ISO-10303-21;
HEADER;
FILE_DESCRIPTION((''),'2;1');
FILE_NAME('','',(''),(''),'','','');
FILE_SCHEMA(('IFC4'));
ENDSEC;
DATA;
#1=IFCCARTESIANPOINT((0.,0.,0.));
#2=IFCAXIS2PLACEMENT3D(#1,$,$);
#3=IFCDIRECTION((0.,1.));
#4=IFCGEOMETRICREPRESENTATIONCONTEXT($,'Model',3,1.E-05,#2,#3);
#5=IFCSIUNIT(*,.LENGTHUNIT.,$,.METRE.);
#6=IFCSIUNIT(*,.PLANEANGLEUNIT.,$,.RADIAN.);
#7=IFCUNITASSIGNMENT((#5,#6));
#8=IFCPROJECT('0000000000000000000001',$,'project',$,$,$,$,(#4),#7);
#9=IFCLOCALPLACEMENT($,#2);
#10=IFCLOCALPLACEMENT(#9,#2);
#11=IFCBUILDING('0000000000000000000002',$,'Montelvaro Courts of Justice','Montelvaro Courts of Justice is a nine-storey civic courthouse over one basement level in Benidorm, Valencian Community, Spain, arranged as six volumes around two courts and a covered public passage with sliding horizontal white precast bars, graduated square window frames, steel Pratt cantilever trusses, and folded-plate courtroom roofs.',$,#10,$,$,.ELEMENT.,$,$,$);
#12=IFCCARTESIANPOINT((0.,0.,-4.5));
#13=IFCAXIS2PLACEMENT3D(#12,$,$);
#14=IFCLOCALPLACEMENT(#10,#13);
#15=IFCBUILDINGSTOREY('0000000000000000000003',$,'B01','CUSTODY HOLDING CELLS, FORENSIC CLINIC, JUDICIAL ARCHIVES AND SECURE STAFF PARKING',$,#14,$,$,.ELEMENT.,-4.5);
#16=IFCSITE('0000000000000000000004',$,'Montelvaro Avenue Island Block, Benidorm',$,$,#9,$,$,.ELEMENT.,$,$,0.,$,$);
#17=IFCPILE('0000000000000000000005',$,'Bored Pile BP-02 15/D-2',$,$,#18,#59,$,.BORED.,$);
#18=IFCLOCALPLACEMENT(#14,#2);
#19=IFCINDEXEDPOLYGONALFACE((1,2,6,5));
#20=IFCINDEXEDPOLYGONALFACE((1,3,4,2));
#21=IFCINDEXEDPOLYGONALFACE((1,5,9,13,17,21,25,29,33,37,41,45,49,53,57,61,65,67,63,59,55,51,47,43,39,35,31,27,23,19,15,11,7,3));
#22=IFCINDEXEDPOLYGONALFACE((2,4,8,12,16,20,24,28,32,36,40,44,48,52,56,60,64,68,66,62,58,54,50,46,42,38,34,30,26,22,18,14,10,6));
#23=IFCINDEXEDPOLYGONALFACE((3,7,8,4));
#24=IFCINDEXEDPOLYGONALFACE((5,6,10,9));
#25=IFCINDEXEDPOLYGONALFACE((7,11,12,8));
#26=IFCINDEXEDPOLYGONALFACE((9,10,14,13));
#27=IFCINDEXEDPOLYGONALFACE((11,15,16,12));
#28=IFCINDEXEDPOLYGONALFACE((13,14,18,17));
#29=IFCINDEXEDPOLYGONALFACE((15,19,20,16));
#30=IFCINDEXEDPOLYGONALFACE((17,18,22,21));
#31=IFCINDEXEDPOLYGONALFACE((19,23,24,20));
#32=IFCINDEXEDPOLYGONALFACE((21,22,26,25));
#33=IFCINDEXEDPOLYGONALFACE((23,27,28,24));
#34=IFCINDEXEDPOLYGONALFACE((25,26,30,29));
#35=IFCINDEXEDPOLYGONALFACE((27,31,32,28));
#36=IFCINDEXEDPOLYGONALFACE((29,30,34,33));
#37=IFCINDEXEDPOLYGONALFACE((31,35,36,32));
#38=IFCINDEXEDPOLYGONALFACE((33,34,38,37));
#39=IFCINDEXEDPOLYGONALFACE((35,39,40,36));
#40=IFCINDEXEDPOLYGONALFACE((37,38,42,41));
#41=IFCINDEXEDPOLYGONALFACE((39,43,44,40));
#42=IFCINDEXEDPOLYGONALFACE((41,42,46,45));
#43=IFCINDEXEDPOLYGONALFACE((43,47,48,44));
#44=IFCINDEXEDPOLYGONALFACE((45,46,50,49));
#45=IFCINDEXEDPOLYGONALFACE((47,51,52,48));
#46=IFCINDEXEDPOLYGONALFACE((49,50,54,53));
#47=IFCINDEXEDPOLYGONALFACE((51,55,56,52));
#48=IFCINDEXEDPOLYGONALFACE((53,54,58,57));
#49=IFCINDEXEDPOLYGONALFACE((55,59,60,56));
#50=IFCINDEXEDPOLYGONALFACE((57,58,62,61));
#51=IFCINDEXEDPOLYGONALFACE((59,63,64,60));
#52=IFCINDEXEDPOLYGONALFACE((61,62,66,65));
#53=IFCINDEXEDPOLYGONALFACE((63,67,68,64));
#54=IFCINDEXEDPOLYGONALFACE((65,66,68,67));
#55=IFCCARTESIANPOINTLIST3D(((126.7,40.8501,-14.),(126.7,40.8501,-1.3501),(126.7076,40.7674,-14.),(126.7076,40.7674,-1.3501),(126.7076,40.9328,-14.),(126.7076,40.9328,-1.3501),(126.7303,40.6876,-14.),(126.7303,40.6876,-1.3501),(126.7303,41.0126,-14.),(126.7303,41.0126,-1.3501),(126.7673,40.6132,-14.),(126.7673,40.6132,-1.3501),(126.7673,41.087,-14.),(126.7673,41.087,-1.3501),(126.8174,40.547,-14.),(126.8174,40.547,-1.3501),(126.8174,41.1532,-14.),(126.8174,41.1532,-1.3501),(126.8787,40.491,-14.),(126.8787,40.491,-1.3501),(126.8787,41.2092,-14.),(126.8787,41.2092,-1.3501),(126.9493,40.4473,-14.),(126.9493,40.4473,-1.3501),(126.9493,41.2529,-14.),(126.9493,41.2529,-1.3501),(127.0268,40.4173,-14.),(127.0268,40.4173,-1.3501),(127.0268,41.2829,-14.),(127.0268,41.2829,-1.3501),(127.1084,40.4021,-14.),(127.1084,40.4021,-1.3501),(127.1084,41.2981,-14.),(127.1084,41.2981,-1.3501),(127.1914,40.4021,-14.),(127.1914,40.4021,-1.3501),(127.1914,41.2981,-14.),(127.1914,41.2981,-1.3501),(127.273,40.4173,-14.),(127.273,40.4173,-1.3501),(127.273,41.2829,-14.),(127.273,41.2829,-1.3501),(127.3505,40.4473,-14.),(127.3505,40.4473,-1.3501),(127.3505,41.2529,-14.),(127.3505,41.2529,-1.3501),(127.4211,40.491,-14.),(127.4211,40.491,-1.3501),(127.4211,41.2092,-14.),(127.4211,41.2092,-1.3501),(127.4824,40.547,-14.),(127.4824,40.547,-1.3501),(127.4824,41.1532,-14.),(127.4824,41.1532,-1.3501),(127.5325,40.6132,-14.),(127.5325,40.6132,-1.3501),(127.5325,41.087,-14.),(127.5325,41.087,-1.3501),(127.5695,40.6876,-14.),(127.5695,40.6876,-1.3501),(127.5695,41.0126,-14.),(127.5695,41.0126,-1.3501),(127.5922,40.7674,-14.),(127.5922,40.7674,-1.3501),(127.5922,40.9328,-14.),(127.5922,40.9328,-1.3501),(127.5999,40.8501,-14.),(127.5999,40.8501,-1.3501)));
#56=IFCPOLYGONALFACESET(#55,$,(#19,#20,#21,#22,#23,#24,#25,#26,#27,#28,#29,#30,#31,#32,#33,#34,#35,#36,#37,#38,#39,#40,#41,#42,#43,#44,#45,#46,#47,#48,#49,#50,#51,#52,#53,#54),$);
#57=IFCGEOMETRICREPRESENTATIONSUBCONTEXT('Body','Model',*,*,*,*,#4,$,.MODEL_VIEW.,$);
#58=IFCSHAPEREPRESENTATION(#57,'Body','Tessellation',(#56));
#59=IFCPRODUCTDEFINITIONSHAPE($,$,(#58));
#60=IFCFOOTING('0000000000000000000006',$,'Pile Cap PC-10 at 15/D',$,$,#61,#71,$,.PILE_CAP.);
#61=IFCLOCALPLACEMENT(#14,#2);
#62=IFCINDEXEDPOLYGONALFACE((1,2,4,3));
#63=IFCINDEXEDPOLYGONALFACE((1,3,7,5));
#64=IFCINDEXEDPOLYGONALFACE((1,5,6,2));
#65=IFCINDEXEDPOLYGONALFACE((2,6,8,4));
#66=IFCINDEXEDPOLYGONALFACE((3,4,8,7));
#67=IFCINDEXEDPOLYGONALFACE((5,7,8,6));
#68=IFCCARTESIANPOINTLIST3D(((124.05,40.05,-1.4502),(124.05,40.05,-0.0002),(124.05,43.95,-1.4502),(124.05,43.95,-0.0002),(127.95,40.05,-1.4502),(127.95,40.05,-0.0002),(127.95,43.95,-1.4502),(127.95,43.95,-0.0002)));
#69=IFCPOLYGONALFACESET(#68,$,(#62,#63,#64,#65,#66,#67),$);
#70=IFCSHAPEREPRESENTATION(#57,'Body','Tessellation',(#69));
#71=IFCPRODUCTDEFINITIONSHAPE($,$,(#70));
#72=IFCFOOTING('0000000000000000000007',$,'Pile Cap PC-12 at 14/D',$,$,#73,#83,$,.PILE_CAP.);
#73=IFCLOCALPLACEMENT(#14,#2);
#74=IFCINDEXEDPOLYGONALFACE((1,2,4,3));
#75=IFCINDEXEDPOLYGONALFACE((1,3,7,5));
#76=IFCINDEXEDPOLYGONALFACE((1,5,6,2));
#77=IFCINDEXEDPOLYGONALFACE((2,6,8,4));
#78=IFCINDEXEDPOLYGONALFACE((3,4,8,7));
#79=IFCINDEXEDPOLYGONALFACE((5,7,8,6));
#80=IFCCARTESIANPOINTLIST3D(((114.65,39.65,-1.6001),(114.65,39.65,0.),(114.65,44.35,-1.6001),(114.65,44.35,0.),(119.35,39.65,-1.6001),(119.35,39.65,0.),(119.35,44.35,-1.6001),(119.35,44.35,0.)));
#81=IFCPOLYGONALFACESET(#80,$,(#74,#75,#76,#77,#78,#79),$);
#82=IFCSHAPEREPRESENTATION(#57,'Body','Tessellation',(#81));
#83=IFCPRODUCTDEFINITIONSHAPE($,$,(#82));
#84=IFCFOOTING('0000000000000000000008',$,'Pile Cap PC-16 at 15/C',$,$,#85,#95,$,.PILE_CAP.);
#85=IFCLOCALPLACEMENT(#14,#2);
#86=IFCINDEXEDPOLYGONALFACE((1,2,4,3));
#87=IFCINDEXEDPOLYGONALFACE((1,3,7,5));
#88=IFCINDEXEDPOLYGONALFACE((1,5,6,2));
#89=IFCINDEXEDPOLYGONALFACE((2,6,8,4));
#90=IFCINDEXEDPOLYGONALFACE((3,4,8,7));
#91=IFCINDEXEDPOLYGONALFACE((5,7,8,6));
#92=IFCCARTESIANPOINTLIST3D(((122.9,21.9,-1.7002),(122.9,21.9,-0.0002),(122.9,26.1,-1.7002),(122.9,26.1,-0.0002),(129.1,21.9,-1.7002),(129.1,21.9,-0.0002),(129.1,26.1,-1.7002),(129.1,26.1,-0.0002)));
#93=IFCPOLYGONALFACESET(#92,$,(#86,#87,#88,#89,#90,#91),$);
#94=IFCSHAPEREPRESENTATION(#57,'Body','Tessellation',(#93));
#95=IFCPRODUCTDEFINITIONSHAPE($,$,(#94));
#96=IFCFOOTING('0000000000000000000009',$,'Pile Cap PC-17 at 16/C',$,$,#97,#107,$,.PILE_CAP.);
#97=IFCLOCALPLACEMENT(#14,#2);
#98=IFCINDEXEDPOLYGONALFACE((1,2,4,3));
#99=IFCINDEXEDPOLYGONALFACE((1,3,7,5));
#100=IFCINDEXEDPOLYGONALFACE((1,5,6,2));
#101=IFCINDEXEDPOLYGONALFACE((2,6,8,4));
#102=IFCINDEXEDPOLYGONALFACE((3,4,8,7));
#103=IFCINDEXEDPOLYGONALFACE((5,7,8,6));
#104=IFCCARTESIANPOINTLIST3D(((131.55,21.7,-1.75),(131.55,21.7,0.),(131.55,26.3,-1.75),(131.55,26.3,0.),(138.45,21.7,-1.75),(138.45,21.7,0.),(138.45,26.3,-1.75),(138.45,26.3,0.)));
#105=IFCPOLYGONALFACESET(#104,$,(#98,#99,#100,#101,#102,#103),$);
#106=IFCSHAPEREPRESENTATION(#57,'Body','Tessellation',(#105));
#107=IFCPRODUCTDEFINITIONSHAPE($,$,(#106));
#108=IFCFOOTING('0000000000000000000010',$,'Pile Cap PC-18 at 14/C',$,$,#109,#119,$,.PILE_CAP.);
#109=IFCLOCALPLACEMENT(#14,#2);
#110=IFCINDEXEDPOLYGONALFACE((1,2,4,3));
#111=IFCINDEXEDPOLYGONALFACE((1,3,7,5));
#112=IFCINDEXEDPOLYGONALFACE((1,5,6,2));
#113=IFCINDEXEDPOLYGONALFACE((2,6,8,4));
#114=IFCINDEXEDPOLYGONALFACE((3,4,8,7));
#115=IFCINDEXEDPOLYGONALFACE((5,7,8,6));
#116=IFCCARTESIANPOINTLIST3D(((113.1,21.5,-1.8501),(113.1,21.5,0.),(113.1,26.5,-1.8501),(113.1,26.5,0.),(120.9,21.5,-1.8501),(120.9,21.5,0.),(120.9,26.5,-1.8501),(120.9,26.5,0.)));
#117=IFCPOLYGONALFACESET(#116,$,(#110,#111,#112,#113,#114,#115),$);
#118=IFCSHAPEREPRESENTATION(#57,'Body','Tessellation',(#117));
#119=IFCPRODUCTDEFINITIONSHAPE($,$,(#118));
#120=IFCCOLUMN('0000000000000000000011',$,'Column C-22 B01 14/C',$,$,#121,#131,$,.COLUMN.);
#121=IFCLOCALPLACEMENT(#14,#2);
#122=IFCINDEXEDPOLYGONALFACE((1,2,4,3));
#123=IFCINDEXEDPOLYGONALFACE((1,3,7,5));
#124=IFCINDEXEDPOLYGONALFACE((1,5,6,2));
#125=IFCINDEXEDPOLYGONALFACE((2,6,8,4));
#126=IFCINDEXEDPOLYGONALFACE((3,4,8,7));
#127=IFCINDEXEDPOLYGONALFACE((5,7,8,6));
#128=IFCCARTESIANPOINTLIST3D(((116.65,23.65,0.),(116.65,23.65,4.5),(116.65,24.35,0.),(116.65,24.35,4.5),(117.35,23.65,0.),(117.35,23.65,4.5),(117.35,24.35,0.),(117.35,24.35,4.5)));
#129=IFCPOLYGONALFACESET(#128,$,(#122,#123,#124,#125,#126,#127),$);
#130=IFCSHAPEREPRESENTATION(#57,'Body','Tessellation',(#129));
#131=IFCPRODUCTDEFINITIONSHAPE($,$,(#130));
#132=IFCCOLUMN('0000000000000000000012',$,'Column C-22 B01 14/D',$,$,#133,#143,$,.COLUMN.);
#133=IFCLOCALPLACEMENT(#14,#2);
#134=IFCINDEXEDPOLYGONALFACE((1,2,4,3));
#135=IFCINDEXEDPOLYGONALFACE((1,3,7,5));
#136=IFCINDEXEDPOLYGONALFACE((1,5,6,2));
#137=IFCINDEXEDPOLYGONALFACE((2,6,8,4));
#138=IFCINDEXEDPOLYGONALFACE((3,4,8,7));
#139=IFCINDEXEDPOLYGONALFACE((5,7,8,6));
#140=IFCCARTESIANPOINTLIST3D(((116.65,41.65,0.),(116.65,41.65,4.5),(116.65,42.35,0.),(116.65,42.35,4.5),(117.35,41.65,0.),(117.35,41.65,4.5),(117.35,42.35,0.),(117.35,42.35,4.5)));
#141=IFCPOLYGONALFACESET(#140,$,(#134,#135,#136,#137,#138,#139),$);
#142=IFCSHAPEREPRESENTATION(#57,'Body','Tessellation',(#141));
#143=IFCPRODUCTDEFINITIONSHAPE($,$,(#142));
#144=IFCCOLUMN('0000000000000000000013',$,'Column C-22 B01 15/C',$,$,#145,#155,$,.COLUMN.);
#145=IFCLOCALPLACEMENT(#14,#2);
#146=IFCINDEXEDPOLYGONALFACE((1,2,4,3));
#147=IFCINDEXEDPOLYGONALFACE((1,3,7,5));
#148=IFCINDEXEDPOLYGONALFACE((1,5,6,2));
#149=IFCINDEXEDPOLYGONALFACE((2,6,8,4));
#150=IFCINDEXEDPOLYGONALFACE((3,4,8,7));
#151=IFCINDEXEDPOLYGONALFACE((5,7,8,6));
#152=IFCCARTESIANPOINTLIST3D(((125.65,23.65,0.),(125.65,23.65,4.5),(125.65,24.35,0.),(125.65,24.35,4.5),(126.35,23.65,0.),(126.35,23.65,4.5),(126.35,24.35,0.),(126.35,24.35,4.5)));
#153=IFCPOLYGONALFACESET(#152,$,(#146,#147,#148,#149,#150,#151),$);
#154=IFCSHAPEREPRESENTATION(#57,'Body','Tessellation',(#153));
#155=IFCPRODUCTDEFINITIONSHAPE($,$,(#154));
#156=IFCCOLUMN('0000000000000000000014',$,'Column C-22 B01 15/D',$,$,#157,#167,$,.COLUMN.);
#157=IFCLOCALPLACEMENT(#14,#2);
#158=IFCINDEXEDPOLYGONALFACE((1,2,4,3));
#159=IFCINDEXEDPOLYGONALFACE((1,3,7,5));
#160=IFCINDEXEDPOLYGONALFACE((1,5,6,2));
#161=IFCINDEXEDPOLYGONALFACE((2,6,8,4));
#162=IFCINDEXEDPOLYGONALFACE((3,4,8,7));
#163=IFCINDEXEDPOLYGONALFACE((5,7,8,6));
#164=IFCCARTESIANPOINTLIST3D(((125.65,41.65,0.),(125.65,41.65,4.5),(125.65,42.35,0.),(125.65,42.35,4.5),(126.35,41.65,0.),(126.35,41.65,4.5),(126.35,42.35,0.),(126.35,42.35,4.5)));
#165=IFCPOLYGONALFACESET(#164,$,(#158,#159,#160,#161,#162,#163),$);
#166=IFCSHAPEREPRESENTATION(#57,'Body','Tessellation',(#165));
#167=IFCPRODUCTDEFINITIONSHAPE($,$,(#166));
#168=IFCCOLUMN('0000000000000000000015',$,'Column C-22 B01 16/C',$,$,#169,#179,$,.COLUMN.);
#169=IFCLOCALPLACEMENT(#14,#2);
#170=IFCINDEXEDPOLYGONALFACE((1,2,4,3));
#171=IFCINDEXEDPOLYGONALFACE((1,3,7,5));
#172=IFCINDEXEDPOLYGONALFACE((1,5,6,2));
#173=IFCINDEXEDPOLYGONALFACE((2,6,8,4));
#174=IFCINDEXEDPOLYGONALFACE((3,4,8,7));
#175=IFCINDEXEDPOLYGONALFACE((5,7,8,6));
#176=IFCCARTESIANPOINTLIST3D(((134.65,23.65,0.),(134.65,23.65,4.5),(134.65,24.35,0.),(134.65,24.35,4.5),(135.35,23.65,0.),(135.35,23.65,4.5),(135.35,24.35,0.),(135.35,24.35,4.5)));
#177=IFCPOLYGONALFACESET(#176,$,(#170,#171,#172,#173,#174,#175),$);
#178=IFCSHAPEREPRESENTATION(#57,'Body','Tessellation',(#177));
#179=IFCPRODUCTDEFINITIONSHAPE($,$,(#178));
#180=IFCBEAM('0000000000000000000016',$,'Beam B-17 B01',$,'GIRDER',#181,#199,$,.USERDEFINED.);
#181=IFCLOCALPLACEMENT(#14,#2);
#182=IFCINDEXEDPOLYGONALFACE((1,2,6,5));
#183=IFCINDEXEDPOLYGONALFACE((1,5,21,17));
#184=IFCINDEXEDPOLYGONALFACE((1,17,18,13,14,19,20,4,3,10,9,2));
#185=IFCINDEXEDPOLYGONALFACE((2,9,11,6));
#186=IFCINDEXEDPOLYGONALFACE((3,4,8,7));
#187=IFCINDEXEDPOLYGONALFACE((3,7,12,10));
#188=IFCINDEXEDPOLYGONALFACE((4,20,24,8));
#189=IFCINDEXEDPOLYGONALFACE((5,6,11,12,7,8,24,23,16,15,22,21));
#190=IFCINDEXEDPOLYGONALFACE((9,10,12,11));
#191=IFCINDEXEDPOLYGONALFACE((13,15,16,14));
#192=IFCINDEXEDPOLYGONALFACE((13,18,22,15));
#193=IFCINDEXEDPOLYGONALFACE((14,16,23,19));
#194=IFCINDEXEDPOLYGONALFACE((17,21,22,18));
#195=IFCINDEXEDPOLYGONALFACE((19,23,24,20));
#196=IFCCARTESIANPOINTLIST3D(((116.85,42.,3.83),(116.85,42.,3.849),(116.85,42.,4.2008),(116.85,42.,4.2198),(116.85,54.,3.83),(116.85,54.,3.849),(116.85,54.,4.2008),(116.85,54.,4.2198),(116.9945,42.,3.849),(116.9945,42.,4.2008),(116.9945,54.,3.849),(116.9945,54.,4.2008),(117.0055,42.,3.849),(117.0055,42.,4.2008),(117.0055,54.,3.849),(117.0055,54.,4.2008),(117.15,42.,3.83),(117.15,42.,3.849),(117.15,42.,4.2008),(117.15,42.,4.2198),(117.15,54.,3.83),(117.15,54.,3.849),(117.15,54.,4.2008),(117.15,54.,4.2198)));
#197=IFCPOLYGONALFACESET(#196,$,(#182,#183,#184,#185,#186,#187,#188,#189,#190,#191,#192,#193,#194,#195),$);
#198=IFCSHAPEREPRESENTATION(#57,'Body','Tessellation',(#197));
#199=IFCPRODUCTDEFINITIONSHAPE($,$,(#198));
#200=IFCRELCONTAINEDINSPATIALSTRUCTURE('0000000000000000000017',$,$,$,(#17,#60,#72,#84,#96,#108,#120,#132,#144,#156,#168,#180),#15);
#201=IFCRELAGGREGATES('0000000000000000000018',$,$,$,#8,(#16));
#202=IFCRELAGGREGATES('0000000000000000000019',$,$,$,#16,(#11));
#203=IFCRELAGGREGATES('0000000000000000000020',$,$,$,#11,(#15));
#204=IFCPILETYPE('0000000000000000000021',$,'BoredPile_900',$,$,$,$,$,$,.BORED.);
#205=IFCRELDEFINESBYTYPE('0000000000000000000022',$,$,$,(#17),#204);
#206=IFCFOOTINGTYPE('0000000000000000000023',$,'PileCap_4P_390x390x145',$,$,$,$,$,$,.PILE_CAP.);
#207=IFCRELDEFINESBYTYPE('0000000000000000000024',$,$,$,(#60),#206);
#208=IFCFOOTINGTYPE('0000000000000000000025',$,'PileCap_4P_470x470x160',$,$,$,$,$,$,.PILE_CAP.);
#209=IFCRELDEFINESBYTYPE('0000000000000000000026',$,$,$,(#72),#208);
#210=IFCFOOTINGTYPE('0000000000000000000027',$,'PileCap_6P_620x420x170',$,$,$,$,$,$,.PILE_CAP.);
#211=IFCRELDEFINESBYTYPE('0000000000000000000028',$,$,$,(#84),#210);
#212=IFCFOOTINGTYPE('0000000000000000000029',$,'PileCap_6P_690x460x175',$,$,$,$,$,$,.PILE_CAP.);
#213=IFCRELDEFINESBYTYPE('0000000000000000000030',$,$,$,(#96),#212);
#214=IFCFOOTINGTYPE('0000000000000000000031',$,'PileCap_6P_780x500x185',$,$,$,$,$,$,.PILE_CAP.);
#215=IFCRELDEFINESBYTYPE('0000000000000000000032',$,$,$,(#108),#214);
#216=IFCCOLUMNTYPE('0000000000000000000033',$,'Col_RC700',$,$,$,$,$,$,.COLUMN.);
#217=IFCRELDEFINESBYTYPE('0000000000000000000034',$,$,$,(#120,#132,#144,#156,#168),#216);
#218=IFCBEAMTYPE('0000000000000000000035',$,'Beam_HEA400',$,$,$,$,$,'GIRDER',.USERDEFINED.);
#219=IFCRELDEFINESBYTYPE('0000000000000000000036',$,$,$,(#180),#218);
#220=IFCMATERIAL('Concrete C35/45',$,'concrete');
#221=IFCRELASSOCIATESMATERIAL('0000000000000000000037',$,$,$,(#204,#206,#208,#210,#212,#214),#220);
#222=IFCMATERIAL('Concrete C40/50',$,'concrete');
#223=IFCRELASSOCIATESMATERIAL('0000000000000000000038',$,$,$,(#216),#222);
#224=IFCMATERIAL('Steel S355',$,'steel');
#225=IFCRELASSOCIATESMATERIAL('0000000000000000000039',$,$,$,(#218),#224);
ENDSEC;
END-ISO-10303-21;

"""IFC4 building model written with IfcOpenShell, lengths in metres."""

from ifc_helpers import new_model, si_unit, direction, frame, origin, origin_2d, place, context, subcontext, project, spatial, rectangle, circle, i_section, extrude, material, material_profile, profile_set, type_object, element, save


model = new_model("IFC4")

# Units and contexts
model_context = context("Model", 3, precision=1e-05, world=origin(), true_north=direction((0.0, 1.0)))
body_context = subcontext(model_context, "Body", "Model", "MODEL_VIEW")
ifc_project = project(units=[si_unit("LENGTHUNIT", "METRE"), si_unit("PLANEANGLEUNIT", "RADIAN")], contexts=[model_context])

# Site, building, storey
site_placement = place(None, origin())
site = spatial("IfcSite", under=ifc_project, at=site_placement, Name="Montelvaro Avenue Island Block, Benidorm", CompositionType="ELEMENT", RefElevation=0.0)
building_placement = place(site_placement, origin())
building = spatial("IfcBuilding", under=site, at=building_placement, Name="Montelvaro Courts of Justice", Description="Montelvaro Courts of Justice is a nine-storey civic courthouse over one basement level in Benidorm, Valencian Community, Spain, arranged as six volumes around two courts and a covered public passage with sliding horizontal white precast bars, graduated square window frames, steel Pratt cantilever trusses, and folded-plate courtroom roofs.", CompositionType="ELEMENT")
storey_placement = place(building_placement, frame((0.0, 0.0, -4.5)))
storey = spatial("IfcBuildingStorey", under=building, at=storey_placement, Name="B01", Description="CUSTODY HOLDING CELLS, FORENSIC CLINIC, JUDICIAL ARCHIVES AND SECURE STAFF PARKING", CompositionType="ELEMENT", Elevation=-4.5)

# Pile
ifc_material_1 = material(Name="Concrete C35/45", Category="concrete")
ifc_material_profile_1 = material_profile(ifc_material_1, circle(Radius=0.45, at=origin_2d()), Name="BORED PILE D900")
ifc_profile_set_1 = profile_set([ifc_material_profile_1], Name="Concrete C35/45")
pile_type_1 = type_object("IfcPileType", Name="BoredPile_900", PredefinedType="BORED", material=ifc_profile_set_1)
for number, where, z_axis, x_axis, name in (
    (1, (127.1499, 40.8501, -1.3501), (0.0, 0.0, -1.0), (1.0, 0.0, 0.0), "Bored Pile BP-02 15/D-2"),
):
    element("IfcPile", number, at=place(storey_placement, frame(where, z_axis=z_axis, x_axis=x_axis)), inside=storey, type_object=pile_type_1, Name=name, PredefinedType="BORED", context=body_context, shape_type="SweptSolid", body=[
        extrude(circle(Radius=0.45, at=origin_2d()), origin(), (0.0, 0.0, 1.0), 12.6499),
    ])

# Footings
footing_type_1 = type_object("IfcFootingType", Name="PileCap_4P_390x390x145", PredefinedType="PILE_CAP", material=ifc_material_1)
footing_1_placement = place(storey_placement, frame((126.0, 42.0, -1.4502), z_axis=(0.0, 0.0, 1.0), x_axis=(1.0, 0.0, 0.0)))
element("IfcFooting", 2, at=footing_1_placement, inside=storey, type_object=footing_type_1, Name="Pile Cap PC-10 at 15/D", PredefinedType="PILE_CAP", context=body_context, shape_type="SweptSolid", body=[
    extrude(rectangle(XDim=3.8999, YDim=3.8999, at=origin_2d()), origin(), (0.0, 0.0, 1.0), 1.45),
])
footing_type_2 = type_object("IfcFootingType", Name="PileCap_4P_470x470x160", PredefinedType="PILE_CAP", material=ifc_material_1)
footing_2_placement = place(storey_placement, frame((117.0, 42.0, -1.6001), z_axis=(0.0, 0.0, 1.0), x_axis=(1.0, 0.0, 0.0)))
element("IfcFooting", 3, at=footing_2_placement, inside=storey, type_object=footing_type_2, Name="Pile Cap PC-12 at 14/D", PredefinedType="PILE_CAP", context=body_context, shape_type="SweptSolid", body=[
    extrude(rectangle(XDim=4.7, YDim=4.7, at=origin_2d()), origin(), (0.0, 0.0, 1.0), 1.6001),
])
footing_type_3 = type_object("IfcFootingType", Name="PileCap_6P_620x420x170", PredefinedType="PILE_CAP", material=ifc_material_1)
footing_3_placement = place(storey_placement, frame((126.0, 24.0, -1.7002), z_axis=(0.0, 0.0, 1.0), x_axis=(1.0, 0.0, 0.0)))
element("IfcFooting", 4, at=footing_3_placement, inside=storey, type_object=footing_type_3, Name="Pile Cap PC-16 at 15/C", PredefinedType="PILE_CAP", context=body_context, shape_type="SweptSolid", body=[
    extrude(rectangle(XDim=6.2, YDim=4.2, at=origin_2d()), origin(), (0.0, 0.0, 1.0), 1.7),
])
footing_type_4 = type_object("IfcFootingType", Name="PileCap_6P_690x460x175", PredefinedType="PILE_CAP", material=ifc_material_1)
footing_4_placement = place(storey_placement, frame((135.0, 24.0, -1.75), z_axis=(0.0, 0.0, 1.0), x_axis=(1.0, 0.0, 0.0)))
element("IfcFooting", 5, at=footing_4_placement, inside=storey, type_object=footing_type_4, Name="Pile Cap PC-17 at 16/C", PredefinedType="PILE_CAP", context=body_context, shape_type="SweptSolid", body=[
    extrude(rectangle(XDim=6.8999, YDim=4.6001, at=origin_2d()), origin(), (0.0, 0.0, 1.0), 1.75),
])
footing_type_5 = type_object("IfcFootingType", Name="PileCap_6P_780x500x185", PredefinedType="PILE_CAP", material=ifc_material_1)
footing_5_placement = place(storey_placement, frame((117.0, 24.0, -1.8501), z_axis=(0.0, 0.0, 1.0), x_axis=(1.0, 0.0, 0.0)))
element("IfcFooting", 6, at=footing_5_placement, inside=storey, type_object=footing_type_5, Name="Pile Cap PC-18 at 14/C", PredefinedType="PILE_CAP", context=body_context, shape_type="SweptSolid", body=[
    extrude(rectangle(XDim=7.8, YDim=5.0, at=origin_2d()), origin(), (0.0, 0.0, 1.0), 1.8501),
])

# Columns
ifc_material_2 = material(Name="Concrete C40/50", Category="concrete")
ifc_material_profile_2 = material_profile(ifc_material_2, rectangle(XDim=0.7, YDim=0.7, at=origin_2d()), Name="RC 700x700")
ifc_profile_set_2 = profile_set([ifc_material_profile_2], Name="Concrete C40/50")
column_type = type_object("IfcColumnType", Name="Col_RC700", PredefinedType="COLUMN", material=ifc_profile_set_2)
for number, where, z_axis, x_axis, name in (
    (7, (117.0, 24.0, 0.0), (0.0, 0.0, 1.0), (1.0, 0.0, 0.0), "Column C-22 B01 14/C"),
    (8, (117.0, 42.0, 0.0), (0.0, 0.0, 1.0), (1.0, 0.0, 0.0), "Column C-22 B01 14/D"),
    (9, (126.0, 24.0, 0.0), (0.0, 0.0, 1.0), (1.0, 0.0, 0.0), "Column C-22 B01 15/C"),
    (10, (126.0, 42.0, 0.0), (0.0, 0.0, 1.0), (1.0, 0.0, 0.0), "Column C-22 B01 15/D"),
    (11, (135.0, 24.0, 0.0), (0.0, 0.0, 1.0), (1.0, 0.0, 0.0), "Column C-22 B01 16/C"),
):
    element("IfcColumn", number, at=place(storey_placement, frame(where, z_axis=z_axis, x_axis=x_axis)), inside=storey, type_object=column_type, Name=name, PredefinedType="COLUMN", context=body_context, shape_type="SweptSolid", body=[
        extrude(rectangle(XDim=0.7, YDim=0.7, at=origin_2d()), origin(), (0.0, 0.0, 1.0), 4.5),
    ])

# Beam
ifc_material_3 = material(Name="Steel S355", Category="steel")
ifc_material_profile_3 = material_profile(ifc_material_3, i_section(OverallWidth=0.3, OverallDepth=0.3899, WebThickness=0.011, FlangeThickness=0.019, at=origin_2d()), Name="HEA 400")
ifc_profile_set_3 = profile_set([ifc_material_profile_3], Name="Steel S355")
beam_type_1 = type_object("IfcBeamType", Name="Beam_HEA400", ElementType="GIRDER", PredefinedType="USERDEFINED", material=ifc_profile_set_3)
beam_1_placement = place(storey_placement, frame((117.0, 42.0, 4.0249), z_axis=(0.0, 1.0, 0.0), x_axis=(-1.0, 0.0, 0.0)))
element("IfcBeam", 12, at=beam_1_placement, inside=storey, type_object=beam_type_1, Name="Beam B-17 B01", ObjectType="GIRDER", PredefinedType="USERDEFINED", context=body_context, shape_type="SweptSolid", body=[
    extrude(i_section(OverallWidth=0.3, OverallDepth=0.3899, WebThickness=0.011, FlangeThickness=0.019, at=origin_2d()), origin(), (0.0, 0.0, 1.0), 12.0),
])

save(model, "model.ifc")
